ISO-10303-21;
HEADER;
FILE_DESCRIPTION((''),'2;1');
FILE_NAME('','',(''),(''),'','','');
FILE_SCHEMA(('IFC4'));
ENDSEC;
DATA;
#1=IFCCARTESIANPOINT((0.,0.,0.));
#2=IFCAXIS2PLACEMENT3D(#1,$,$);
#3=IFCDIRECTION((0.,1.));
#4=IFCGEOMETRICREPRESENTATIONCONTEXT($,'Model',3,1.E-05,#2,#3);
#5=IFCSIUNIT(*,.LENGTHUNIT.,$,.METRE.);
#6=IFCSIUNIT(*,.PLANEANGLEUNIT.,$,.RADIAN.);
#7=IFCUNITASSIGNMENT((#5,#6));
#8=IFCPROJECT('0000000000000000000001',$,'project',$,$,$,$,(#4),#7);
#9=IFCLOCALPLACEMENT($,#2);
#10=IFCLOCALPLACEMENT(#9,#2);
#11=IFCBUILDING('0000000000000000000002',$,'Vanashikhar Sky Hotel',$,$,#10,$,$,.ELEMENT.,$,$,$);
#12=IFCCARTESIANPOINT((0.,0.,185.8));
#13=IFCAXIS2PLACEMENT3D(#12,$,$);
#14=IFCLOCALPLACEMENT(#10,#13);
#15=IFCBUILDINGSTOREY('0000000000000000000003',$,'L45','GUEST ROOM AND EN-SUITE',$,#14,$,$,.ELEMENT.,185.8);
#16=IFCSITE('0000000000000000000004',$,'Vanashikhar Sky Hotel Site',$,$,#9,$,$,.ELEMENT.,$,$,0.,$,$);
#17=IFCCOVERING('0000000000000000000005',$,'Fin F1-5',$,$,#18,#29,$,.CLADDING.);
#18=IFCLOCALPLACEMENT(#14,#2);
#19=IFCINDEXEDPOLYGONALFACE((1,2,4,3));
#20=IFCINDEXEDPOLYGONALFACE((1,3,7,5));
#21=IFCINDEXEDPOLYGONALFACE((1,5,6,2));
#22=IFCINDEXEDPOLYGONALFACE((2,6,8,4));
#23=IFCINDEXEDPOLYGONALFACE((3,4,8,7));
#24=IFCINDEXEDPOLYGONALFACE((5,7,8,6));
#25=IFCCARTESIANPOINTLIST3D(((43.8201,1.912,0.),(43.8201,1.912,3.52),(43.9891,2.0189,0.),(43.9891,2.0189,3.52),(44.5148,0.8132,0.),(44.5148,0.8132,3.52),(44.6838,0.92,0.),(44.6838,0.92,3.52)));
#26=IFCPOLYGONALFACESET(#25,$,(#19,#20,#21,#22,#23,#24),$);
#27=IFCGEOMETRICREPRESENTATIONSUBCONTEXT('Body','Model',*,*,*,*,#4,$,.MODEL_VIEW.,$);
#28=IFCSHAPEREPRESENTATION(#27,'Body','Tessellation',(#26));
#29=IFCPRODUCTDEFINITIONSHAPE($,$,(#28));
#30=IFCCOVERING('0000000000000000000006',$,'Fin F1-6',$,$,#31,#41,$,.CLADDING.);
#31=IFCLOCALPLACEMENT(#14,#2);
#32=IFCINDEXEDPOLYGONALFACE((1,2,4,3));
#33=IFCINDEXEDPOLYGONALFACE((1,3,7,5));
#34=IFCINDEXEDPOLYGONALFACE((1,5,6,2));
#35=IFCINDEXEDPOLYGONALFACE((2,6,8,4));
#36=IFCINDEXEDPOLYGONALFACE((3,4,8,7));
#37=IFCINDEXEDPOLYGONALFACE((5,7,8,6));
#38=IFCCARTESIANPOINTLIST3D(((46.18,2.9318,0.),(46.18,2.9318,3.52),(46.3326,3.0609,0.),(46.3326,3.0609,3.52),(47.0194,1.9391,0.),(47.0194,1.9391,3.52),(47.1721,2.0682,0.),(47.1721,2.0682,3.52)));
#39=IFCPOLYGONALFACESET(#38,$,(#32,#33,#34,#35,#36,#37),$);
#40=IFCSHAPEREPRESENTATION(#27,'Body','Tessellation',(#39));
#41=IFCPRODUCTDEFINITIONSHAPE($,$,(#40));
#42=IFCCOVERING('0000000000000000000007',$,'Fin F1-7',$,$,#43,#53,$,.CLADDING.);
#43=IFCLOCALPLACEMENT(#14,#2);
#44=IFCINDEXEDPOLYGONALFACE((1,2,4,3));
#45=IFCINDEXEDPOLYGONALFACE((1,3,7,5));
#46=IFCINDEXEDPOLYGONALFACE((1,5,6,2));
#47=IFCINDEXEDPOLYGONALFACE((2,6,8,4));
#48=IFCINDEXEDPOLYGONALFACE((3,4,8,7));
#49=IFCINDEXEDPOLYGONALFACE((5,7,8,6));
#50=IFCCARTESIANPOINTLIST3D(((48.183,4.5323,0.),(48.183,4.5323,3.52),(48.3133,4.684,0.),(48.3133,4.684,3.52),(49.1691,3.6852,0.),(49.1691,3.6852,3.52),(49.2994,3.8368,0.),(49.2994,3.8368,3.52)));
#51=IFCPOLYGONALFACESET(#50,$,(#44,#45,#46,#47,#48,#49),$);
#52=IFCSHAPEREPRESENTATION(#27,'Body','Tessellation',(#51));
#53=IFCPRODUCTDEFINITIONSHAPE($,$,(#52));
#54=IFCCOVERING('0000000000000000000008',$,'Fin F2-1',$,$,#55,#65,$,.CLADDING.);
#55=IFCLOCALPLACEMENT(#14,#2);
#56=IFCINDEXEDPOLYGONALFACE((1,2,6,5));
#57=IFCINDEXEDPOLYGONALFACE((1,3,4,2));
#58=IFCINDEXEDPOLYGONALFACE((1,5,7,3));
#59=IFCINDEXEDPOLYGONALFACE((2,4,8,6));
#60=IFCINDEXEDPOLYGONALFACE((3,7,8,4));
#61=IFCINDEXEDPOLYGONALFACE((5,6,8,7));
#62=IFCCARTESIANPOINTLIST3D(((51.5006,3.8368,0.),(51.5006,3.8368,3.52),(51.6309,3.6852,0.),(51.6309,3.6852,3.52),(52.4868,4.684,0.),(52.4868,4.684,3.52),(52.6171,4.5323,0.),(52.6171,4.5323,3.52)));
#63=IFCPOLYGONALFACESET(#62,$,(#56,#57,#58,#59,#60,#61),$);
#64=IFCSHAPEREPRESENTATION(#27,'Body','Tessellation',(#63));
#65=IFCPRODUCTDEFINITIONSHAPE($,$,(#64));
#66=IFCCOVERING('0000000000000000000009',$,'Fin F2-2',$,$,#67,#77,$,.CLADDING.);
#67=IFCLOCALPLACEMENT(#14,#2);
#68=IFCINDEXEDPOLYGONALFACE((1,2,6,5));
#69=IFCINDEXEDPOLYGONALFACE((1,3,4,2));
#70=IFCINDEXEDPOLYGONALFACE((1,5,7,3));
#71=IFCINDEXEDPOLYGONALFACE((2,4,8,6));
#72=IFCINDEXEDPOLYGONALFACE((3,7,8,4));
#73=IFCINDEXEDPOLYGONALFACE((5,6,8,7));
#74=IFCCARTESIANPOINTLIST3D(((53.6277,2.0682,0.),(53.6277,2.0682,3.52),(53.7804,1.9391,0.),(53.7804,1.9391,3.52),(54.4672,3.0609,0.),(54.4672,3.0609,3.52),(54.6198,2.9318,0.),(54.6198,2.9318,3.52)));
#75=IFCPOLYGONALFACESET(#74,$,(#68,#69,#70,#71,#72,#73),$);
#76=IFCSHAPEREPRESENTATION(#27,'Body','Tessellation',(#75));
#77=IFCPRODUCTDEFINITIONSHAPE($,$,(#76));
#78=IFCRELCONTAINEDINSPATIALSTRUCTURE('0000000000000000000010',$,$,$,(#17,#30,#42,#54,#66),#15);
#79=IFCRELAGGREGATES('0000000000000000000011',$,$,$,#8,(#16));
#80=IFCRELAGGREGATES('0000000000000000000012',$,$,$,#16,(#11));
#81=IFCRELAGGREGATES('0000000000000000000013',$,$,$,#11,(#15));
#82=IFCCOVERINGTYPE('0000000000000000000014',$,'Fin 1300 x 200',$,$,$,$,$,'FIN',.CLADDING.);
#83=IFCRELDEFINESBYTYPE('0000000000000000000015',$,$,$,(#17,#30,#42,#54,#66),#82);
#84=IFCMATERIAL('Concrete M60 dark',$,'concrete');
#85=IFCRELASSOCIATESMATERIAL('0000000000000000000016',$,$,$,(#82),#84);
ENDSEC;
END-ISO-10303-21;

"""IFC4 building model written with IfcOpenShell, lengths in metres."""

from ifc_helpers import new_model, si_unit, direction, frame, origin, origin_2d, place, context, subcontext, project, spatial, rectangle, extrude, source, transform, mapped, material, material_profile, profile_set, type_object, element, save


model = new_model("IFC4")

# Units and contexts
model_context = context("Model", 3, precision=1e-05, world=origin(), true_north=direction((0.0, 1.0)))
body_context = subcontext(model_context, "Body", "Model", "MODEL_VIEW")
ifc_project = project(units=[si_unit("LENGTHUNIT", "METRE"), si_unit("PLANEANGLEUNIT", "RADIAN")], contexts=[model_context])

# Site, building, storey
site_placement = place(None, origin())
site = spatial("IfcSite", under=ifc_project, at=site_placement, Name="Vanashikhar Sky Hotel Site", CompositionType="ELEMENT", RefElevation=0.0)
building_placement = place(site_placement, origin())
building = spatial("IfcBuilding", under=site, at=building_placement, Name="Vanashikhar Sky Hotel", CompositionType="ELEMENT")
storey_placement = place(building_placement, frame((0.0, 0.0, 185.8)))
storey = spatial("IfcBuildingStorey", under=building, at=storey_placement, Name="L45", Description="GUEST ROOM AND EN-SUITE", CompositionType="ELEMENT", Elevation=185.8)

# Coverings
ifc_material_1 = material(Name="Concrete M60 dark", Category="concrete")
ifc_material_profile = material_profile(ifc_material_1, rectangle(XDim=1.3, YDim=0.2, at=origin_2d()))
ifc_profile_set = profile_set([ifc_material_profile], Name="Fin 1300 x 200")
covering_type = type_object("IfcCoveringType", Name="Fin 1300 x 200", ElementType="FIN", PredefinedType="CLADDING", material=ifc_profile_set)
shared_shape_1 = source(origin(), body_context, "Body", "SweptSolid", [
    extrude(rectangle(XDim=1.3, YDim=0.2, at=origin_2d()), origin(), (0.0, 0.0, 1.0), 3.52),
])
for number, where, z_axis, x_axis, name in (
    (1, (44.252, 1.416, 0.0), (0.0, 0.0, 1.0), (0.534411, -0.845225, 0.0), "Fin F1-5"),
    (2, (46.676, 2.5, 0.0), (0.0, 0.0, 1.0), (0.645698, -0.763593, 0.0), "Fin F1-6"),
    (3, (48.7412, 4.1846, 0.0), (0.0, 0.0, 1.0), (0.758544, -0.651622, 0.0), "Fin F1-7"),
    (4, (52.0588, 4.1846, 0.0), (0.0, 0.0, 1.0), (-0.758544, -0.651622, 0.0), "Fin F2-1"),
    (5, (54.1238, 2.5, 0.0), (0.0, 0.0, 1.0), (-0.645698, -0.763593, 0.0), "Fin F2-2"),
):
    element("IfcCovering", number, at=place(storey_placement, frame(where, z_axis=z_axis, x_axis=x_axis)), inside=storey, type_object=covering_type, Name=name, PredefinedType="CLADDING", context=body_context, shape_type="MappedRepresentation", body=[
        mapped(shared_shape_1, transform((0.0, 0.0, 0.0), scale=1.0)),
    ])

save(model, "model.ifc")
